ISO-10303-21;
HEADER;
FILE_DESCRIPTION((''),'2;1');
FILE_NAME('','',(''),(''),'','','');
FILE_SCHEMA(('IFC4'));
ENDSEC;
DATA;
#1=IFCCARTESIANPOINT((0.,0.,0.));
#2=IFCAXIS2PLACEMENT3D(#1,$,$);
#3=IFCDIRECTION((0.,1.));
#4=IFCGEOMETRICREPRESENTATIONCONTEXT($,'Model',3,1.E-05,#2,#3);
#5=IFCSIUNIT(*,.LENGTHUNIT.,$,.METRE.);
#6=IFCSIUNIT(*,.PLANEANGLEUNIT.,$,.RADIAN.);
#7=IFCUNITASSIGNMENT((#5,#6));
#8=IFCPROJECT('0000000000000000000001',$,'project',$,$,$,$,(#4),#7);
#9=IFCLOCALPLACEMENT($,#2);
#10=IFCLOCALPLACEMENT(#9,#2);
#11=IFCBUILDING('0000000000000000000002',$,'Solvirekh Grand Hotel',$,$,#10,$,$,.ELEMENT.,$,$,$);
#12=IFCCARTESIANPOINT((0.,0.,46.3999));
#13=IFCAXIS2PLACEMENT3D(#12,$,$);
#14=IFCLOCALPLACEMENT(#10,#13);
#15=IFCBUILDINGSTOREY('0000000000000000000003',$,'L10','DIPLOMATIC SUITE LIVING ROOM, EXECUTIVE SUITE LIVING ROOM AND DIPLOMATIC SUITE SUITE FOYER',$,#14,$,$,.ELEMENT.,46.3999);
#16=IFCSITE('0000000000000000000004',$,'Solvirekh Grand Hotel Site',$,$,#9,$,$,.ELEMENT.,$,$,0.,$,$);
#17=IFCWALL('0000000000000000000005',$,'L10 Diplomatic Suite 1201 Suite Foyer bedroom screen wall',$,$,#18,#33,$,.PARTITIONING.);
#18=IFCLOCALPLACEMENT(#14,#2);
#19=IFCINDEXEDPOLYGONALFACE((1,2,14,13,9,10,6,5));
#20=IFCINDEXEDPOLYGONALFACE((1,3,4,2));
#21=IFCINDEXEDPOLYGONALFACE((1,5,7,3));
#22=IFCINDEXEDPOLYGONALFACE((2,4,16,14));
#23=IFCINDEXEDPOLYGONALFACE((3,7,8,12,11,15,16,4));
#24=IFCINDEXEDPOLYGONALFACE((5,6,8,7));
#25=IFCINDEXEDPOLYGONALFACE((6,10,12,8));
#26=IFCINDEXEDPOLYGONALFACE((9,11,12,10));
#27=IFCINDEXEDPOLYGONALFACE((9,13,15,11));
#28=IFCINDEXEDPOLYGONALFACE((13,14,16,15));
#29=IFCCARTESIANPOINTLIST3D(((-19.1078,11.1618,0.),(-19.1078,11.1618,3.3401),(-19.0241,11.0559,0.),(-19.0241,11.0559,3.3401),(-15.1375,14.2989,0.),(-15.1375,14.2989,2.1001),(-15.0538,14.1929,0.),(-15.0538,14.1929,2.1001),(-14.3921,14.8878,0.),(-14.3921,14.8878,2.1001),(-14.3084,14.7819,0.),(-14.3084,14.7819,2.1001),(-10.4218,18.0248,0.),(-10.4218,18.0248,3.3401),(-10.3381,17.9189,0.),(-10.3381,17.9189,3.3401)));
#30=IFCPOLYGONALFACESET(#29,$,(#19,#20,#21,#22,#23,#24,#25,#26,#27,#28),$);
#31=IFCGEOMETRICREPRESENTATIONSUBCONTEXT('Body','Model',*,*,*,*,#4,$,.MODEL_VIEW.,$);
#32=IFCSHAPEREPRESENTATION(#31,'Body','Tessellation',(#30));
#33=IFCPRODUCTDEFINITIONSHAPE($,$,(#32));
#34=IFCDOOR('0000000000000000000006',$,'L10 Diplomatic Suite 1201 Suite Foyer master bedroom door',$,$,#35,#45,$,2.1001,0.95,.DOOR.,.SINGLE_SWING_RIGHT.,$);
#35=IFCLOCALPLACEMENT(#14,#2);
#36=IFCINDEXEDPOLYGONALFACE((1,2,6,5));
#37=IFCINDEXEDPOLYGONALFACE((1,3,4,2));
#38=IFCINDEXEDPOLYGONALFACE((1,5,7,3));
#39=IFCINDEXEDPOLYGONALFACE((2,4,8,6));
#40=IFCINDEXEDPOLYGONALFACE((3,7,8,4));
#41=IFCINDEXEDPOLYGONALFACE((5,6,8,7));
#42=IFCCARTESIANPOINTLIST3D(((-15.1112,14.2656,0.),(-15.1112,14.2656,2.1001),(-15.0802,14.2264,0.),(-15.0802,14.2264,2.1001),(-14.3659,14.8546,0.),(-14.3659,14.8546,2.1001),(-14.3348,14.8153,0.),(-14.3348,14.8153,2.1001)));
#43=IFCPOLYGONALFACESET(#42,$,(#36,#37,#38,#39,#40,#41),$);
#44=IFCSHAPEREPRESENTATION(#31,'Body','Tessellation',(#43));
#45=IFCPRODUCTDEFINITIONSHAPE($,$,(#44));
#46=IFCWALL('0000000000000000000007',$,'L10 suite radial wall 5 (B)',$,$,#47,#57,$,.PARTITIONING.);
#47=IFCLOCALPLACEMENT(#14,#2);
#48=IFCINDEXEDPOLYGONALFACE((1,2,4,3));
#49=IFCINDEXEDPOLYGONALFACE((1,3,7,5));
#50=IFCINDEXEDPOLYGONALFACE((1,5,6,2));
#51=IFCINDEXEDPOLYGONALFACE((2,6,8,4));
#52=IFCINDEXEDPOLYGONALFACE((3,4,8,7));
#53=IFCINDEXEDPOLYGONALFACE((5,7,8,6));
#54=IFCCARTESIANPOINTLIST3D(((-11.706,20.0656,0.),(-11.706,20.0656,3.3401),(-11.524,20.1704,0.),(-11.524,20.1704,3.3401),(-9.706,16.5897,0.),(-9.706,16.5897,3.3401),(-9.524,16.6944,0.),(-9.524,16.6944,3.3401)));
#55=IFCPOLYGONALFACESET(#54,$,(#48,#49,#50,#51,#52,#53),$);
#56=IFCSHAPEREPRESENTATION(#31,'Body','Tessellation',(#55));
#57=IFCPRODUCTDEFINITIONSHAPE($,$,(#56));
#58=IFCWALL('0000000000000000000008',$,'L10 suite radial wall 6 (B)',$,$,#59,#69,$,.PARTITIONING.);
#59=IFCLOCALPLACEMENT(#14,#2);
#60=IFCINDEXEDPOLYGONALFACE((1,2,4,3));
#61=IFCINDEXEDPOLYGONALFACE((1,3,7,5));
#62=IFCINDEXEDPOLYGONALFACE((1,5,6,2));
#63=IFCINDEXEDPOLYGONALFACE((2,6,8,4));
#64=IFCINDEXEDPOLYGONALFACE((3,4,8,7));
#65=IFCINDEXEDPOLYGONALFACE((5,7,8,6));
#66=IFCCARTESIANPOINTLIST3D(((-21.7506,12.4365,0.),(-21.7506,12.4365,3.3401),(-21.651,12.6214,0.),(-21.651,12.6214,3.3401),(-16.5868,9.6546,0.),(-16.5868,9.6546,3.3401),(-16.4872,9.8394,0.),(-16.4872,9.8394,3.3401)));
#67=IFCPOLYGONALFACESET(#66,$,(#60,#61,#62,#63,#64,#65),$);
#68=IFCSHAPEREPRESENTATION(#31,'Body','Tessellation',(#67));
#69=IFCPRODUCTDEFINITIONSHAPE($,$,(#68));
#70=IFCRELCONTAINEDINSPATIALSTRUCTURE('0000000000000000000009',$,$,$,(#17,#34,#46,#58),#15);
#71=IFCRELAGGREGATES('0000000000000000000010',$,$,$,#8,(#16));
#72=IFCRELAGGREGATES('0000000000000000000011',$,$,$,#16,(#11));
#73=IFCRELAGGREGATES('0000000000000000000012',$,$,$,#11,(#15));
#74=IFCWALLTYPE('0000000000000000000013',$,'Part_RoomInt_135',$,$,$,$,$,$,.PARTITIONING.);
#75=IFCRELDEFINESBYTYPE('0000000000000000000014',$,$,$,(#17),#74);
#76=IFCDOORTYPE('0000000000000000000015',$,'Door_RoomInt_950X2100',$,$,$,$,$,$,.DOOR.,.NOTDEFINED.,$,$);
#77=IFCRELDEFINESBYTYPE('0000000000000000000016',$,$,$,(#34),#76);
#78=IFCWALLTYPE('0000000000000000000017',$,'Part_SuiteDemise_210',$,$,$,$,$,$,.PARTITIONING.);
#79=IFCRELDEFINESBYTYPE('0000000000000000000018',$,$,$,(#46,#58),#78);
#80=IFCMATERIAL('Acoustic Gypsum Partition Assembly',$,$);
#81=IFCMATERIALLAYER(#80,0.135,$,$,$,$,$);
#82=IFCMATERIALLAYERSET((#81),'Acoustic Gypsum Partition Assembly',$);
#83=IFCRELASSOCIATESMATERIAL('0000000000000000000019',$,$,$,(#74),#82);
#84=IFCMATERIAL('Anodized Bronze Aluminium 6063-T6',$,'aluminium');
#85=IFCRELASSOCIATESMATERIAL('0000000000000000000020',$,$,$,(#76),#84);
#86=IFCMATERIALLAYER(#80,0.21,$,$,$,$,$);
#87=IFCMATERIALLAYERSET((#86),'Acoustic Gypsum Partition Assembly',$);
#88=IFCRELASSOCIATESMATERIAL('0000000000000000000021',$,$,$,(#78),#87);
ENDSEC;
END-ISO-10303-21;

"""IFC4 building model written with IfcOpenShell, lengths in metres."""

from ifc_helpers import new_model, si_unit, direction, frame, frame_2d, origin, place, context, subcontext, project, spatial, rectangle, extrude, material, layer, layer_set, type_object, element, fill, save


model = new_model("IFC4")

# Units and contexts
model_context = context("Model", 3, precision=1e-05, world=origin(), true_north=direction((0.0, 1.0)))
body_context = subcontext(model_context, "Body", "Model", "MODEL_VIEW")
ifc_project = project(units=[si_unit("LENGTHUNIT", "METRE"), si_unit("PLANEANGLEUNIT", "RADIAN")], contexts=[model_context])

# Site, building, storey
site_placement = place(None, origin())
site = spatial("IfcSite", under=ifc_project, at=site_placement, Name="Solvirekh Grand Hotel Site", CompositionType="ELEMENT", RefElevation=0.0)
building_placement = place(site_placement, origin())
building = spatial("IfcBuilding", under=site, at=building_placement, Name="Solvirekh Grand Hotel", CompositionType="ELEMENT")
storey_placement = place(building_placement, frame((0.0, 0.0, 46.3999)))
storey = spatial("IfcBuildingStorey", under=building, at=storey_placement, Name="L10", Description="DIPLOMATIC SUITE LIVING ROOM, EXECUTIVE SUITE LIVING ROOM AND DIPLOMATIC SUITE SUITE FOYER", CompositionType="ELEMENT", Elevation=46.3999)

# Shared definitions
ifc_material_1 = material(Name="Anodized Bronze Aluminium 6063-T6", Category="aluminium")

# Wall, opening, door
ifc_material_2 = material(Name="Acoustic Gypsum Partition Assembly")
ifc_layer_1 = layer(ifc_material_2, 0.135)
ifc_layer_set_1 = layer_set([ifc_layer_1], Name="Acoustic Gypsum Partition Assembly")
wall_type_1 = type_object("IfcWallType", Name="Part_RoomInt_135", PredefinedType="PARTITIONING", material=ifc_layer_set_1)
wall_1_placement = place(storey_placement, frame((-10.3799, 17.9719, 0.0), z_axis=(0.0, 0.0, 1.0), x_axis=(-0.784635, -0.619958, 0.0)))
wall_1 = element("IfcWall", 1, at=wall_1_placement, inside=storey, type_object=wall_type_1, Name="L10 Diplomatic Suite 1201 Suite Foyer bedroom screen wall", PredefinedType="PARTITIONING", context=body_context, shape_type="SweptSolid", body=[
    extrude(rectangle(XDim=11.0701, YDim=0.135, at=frame_2d((5.5352, 0.0))), origin(), (0.0, 0.0, 1.0), 3.3401),
])
opening_1_placement = place(wall_1_placement, frame((5.0601, 0.0, 0.0)))
opening_1 = element("IfcOpeningElement", 2, at=opening_1_placement, cuts=wall_1, PredefinedType="OPENING", context=body_context, shape_type="SweptSolid", body=[
    extrude(rectangle(XDim=0.95, YDim=2.1001, at=frame_2d((0.4751, 1.05))), frame((0.0, 0.0776, 0.0), z_axis=(0.0, -1.0, 0.0), x_axis=(1.0, 0.0, 0.0)), (0.0, 0.0, 1.0), 0.155),
])
door_type = type_object("IfcDoorType", Name="Door_RoomInt_950X2100", OperationType="NOTDEFINED", PredefinedType="DOOR", material=ifc_material_1)
door_placement = place(opening_1_placement, origin())
door = element("IfcDoor", 3, at=door_placement, inside=storey, type_object=door_type, Name="L10 Diplomatic Suite 1201 Suite Foyer master bedroom door", OperationType="SINGLE_SWING_RIGHT", OverallHeight=2.1001, OverallWidth=0.95, PredefinedType="DOOR", context=body_context, shape_type="SweptSolid", body=[
    extrude(rectangle(XDim=0.95, YDim=2.1001, at=frame_2d((0.4751, 1.05))), frame((0.0, 0.0249, 0.0), z_axis=(0.0, -1.0, 0.0), x_axis=(1.0, 0.0, 0.0)), (0.0, 0.0, 1.0), 0.05),
])
fill(opening_1, door)

# Walls
ifc_layer_2 = layer(ifc_material_2, 0.21)
ifc_layer_set_2 = layer_set([ifc_layer_2], Name="Acoustic Gypsum Partition Assembly")
wall_type_2 = type_object("IfcWallType", Name="Part_SuiteDemise_210", PredefinedType="PARTITIONING", material=ifc_layer_set_2)
wall_2_placement = place(storey_placement, frame((-9.615, 16.6421, 0.0), z_axis=(0.0, 0.0, 1.0), x_axis=(-0.498733, 0.866756, 0.0)))
element("IfcWall", 4, at=wall_2_placement, inside=storey, type_object=wall_type_2, Name="L10 suite radial wall 5 (B)", PredefinedType="PARTITIONING", context=body_context, shape_type="SweptSolid", body=[
    extrude(rectangle(XDim=4.0103, YDim=0.21, at=frame_2d((2.0051, 0.0))), origin(), (0.0, 0.0, 1.0), 3.3401),
])
wall_3_placement = place(storey_placement, frame((-16.5371, 9.7471, 0.0), z_axis=(0.0, 0.0, 1.0), x_axis=(-0.880367, 0.474293, 0.0)))
element("IfcWall", 5, at=wall_3_placement, inside=storey, type_object=wall_type_2, Name="L10 suite radial wall 6 (B)", PredefinedType="PARTITIONING", context=body_context, shape_type="SweptSolid", body=[
    extrude(rectangle(XDim=5.8655, YDim=0.21, at=frame_2d((2.9326, 0.0))), origin(), (0.0, 0.0, 1.0), 3.3401),
])

save(model, "model.ifc")
